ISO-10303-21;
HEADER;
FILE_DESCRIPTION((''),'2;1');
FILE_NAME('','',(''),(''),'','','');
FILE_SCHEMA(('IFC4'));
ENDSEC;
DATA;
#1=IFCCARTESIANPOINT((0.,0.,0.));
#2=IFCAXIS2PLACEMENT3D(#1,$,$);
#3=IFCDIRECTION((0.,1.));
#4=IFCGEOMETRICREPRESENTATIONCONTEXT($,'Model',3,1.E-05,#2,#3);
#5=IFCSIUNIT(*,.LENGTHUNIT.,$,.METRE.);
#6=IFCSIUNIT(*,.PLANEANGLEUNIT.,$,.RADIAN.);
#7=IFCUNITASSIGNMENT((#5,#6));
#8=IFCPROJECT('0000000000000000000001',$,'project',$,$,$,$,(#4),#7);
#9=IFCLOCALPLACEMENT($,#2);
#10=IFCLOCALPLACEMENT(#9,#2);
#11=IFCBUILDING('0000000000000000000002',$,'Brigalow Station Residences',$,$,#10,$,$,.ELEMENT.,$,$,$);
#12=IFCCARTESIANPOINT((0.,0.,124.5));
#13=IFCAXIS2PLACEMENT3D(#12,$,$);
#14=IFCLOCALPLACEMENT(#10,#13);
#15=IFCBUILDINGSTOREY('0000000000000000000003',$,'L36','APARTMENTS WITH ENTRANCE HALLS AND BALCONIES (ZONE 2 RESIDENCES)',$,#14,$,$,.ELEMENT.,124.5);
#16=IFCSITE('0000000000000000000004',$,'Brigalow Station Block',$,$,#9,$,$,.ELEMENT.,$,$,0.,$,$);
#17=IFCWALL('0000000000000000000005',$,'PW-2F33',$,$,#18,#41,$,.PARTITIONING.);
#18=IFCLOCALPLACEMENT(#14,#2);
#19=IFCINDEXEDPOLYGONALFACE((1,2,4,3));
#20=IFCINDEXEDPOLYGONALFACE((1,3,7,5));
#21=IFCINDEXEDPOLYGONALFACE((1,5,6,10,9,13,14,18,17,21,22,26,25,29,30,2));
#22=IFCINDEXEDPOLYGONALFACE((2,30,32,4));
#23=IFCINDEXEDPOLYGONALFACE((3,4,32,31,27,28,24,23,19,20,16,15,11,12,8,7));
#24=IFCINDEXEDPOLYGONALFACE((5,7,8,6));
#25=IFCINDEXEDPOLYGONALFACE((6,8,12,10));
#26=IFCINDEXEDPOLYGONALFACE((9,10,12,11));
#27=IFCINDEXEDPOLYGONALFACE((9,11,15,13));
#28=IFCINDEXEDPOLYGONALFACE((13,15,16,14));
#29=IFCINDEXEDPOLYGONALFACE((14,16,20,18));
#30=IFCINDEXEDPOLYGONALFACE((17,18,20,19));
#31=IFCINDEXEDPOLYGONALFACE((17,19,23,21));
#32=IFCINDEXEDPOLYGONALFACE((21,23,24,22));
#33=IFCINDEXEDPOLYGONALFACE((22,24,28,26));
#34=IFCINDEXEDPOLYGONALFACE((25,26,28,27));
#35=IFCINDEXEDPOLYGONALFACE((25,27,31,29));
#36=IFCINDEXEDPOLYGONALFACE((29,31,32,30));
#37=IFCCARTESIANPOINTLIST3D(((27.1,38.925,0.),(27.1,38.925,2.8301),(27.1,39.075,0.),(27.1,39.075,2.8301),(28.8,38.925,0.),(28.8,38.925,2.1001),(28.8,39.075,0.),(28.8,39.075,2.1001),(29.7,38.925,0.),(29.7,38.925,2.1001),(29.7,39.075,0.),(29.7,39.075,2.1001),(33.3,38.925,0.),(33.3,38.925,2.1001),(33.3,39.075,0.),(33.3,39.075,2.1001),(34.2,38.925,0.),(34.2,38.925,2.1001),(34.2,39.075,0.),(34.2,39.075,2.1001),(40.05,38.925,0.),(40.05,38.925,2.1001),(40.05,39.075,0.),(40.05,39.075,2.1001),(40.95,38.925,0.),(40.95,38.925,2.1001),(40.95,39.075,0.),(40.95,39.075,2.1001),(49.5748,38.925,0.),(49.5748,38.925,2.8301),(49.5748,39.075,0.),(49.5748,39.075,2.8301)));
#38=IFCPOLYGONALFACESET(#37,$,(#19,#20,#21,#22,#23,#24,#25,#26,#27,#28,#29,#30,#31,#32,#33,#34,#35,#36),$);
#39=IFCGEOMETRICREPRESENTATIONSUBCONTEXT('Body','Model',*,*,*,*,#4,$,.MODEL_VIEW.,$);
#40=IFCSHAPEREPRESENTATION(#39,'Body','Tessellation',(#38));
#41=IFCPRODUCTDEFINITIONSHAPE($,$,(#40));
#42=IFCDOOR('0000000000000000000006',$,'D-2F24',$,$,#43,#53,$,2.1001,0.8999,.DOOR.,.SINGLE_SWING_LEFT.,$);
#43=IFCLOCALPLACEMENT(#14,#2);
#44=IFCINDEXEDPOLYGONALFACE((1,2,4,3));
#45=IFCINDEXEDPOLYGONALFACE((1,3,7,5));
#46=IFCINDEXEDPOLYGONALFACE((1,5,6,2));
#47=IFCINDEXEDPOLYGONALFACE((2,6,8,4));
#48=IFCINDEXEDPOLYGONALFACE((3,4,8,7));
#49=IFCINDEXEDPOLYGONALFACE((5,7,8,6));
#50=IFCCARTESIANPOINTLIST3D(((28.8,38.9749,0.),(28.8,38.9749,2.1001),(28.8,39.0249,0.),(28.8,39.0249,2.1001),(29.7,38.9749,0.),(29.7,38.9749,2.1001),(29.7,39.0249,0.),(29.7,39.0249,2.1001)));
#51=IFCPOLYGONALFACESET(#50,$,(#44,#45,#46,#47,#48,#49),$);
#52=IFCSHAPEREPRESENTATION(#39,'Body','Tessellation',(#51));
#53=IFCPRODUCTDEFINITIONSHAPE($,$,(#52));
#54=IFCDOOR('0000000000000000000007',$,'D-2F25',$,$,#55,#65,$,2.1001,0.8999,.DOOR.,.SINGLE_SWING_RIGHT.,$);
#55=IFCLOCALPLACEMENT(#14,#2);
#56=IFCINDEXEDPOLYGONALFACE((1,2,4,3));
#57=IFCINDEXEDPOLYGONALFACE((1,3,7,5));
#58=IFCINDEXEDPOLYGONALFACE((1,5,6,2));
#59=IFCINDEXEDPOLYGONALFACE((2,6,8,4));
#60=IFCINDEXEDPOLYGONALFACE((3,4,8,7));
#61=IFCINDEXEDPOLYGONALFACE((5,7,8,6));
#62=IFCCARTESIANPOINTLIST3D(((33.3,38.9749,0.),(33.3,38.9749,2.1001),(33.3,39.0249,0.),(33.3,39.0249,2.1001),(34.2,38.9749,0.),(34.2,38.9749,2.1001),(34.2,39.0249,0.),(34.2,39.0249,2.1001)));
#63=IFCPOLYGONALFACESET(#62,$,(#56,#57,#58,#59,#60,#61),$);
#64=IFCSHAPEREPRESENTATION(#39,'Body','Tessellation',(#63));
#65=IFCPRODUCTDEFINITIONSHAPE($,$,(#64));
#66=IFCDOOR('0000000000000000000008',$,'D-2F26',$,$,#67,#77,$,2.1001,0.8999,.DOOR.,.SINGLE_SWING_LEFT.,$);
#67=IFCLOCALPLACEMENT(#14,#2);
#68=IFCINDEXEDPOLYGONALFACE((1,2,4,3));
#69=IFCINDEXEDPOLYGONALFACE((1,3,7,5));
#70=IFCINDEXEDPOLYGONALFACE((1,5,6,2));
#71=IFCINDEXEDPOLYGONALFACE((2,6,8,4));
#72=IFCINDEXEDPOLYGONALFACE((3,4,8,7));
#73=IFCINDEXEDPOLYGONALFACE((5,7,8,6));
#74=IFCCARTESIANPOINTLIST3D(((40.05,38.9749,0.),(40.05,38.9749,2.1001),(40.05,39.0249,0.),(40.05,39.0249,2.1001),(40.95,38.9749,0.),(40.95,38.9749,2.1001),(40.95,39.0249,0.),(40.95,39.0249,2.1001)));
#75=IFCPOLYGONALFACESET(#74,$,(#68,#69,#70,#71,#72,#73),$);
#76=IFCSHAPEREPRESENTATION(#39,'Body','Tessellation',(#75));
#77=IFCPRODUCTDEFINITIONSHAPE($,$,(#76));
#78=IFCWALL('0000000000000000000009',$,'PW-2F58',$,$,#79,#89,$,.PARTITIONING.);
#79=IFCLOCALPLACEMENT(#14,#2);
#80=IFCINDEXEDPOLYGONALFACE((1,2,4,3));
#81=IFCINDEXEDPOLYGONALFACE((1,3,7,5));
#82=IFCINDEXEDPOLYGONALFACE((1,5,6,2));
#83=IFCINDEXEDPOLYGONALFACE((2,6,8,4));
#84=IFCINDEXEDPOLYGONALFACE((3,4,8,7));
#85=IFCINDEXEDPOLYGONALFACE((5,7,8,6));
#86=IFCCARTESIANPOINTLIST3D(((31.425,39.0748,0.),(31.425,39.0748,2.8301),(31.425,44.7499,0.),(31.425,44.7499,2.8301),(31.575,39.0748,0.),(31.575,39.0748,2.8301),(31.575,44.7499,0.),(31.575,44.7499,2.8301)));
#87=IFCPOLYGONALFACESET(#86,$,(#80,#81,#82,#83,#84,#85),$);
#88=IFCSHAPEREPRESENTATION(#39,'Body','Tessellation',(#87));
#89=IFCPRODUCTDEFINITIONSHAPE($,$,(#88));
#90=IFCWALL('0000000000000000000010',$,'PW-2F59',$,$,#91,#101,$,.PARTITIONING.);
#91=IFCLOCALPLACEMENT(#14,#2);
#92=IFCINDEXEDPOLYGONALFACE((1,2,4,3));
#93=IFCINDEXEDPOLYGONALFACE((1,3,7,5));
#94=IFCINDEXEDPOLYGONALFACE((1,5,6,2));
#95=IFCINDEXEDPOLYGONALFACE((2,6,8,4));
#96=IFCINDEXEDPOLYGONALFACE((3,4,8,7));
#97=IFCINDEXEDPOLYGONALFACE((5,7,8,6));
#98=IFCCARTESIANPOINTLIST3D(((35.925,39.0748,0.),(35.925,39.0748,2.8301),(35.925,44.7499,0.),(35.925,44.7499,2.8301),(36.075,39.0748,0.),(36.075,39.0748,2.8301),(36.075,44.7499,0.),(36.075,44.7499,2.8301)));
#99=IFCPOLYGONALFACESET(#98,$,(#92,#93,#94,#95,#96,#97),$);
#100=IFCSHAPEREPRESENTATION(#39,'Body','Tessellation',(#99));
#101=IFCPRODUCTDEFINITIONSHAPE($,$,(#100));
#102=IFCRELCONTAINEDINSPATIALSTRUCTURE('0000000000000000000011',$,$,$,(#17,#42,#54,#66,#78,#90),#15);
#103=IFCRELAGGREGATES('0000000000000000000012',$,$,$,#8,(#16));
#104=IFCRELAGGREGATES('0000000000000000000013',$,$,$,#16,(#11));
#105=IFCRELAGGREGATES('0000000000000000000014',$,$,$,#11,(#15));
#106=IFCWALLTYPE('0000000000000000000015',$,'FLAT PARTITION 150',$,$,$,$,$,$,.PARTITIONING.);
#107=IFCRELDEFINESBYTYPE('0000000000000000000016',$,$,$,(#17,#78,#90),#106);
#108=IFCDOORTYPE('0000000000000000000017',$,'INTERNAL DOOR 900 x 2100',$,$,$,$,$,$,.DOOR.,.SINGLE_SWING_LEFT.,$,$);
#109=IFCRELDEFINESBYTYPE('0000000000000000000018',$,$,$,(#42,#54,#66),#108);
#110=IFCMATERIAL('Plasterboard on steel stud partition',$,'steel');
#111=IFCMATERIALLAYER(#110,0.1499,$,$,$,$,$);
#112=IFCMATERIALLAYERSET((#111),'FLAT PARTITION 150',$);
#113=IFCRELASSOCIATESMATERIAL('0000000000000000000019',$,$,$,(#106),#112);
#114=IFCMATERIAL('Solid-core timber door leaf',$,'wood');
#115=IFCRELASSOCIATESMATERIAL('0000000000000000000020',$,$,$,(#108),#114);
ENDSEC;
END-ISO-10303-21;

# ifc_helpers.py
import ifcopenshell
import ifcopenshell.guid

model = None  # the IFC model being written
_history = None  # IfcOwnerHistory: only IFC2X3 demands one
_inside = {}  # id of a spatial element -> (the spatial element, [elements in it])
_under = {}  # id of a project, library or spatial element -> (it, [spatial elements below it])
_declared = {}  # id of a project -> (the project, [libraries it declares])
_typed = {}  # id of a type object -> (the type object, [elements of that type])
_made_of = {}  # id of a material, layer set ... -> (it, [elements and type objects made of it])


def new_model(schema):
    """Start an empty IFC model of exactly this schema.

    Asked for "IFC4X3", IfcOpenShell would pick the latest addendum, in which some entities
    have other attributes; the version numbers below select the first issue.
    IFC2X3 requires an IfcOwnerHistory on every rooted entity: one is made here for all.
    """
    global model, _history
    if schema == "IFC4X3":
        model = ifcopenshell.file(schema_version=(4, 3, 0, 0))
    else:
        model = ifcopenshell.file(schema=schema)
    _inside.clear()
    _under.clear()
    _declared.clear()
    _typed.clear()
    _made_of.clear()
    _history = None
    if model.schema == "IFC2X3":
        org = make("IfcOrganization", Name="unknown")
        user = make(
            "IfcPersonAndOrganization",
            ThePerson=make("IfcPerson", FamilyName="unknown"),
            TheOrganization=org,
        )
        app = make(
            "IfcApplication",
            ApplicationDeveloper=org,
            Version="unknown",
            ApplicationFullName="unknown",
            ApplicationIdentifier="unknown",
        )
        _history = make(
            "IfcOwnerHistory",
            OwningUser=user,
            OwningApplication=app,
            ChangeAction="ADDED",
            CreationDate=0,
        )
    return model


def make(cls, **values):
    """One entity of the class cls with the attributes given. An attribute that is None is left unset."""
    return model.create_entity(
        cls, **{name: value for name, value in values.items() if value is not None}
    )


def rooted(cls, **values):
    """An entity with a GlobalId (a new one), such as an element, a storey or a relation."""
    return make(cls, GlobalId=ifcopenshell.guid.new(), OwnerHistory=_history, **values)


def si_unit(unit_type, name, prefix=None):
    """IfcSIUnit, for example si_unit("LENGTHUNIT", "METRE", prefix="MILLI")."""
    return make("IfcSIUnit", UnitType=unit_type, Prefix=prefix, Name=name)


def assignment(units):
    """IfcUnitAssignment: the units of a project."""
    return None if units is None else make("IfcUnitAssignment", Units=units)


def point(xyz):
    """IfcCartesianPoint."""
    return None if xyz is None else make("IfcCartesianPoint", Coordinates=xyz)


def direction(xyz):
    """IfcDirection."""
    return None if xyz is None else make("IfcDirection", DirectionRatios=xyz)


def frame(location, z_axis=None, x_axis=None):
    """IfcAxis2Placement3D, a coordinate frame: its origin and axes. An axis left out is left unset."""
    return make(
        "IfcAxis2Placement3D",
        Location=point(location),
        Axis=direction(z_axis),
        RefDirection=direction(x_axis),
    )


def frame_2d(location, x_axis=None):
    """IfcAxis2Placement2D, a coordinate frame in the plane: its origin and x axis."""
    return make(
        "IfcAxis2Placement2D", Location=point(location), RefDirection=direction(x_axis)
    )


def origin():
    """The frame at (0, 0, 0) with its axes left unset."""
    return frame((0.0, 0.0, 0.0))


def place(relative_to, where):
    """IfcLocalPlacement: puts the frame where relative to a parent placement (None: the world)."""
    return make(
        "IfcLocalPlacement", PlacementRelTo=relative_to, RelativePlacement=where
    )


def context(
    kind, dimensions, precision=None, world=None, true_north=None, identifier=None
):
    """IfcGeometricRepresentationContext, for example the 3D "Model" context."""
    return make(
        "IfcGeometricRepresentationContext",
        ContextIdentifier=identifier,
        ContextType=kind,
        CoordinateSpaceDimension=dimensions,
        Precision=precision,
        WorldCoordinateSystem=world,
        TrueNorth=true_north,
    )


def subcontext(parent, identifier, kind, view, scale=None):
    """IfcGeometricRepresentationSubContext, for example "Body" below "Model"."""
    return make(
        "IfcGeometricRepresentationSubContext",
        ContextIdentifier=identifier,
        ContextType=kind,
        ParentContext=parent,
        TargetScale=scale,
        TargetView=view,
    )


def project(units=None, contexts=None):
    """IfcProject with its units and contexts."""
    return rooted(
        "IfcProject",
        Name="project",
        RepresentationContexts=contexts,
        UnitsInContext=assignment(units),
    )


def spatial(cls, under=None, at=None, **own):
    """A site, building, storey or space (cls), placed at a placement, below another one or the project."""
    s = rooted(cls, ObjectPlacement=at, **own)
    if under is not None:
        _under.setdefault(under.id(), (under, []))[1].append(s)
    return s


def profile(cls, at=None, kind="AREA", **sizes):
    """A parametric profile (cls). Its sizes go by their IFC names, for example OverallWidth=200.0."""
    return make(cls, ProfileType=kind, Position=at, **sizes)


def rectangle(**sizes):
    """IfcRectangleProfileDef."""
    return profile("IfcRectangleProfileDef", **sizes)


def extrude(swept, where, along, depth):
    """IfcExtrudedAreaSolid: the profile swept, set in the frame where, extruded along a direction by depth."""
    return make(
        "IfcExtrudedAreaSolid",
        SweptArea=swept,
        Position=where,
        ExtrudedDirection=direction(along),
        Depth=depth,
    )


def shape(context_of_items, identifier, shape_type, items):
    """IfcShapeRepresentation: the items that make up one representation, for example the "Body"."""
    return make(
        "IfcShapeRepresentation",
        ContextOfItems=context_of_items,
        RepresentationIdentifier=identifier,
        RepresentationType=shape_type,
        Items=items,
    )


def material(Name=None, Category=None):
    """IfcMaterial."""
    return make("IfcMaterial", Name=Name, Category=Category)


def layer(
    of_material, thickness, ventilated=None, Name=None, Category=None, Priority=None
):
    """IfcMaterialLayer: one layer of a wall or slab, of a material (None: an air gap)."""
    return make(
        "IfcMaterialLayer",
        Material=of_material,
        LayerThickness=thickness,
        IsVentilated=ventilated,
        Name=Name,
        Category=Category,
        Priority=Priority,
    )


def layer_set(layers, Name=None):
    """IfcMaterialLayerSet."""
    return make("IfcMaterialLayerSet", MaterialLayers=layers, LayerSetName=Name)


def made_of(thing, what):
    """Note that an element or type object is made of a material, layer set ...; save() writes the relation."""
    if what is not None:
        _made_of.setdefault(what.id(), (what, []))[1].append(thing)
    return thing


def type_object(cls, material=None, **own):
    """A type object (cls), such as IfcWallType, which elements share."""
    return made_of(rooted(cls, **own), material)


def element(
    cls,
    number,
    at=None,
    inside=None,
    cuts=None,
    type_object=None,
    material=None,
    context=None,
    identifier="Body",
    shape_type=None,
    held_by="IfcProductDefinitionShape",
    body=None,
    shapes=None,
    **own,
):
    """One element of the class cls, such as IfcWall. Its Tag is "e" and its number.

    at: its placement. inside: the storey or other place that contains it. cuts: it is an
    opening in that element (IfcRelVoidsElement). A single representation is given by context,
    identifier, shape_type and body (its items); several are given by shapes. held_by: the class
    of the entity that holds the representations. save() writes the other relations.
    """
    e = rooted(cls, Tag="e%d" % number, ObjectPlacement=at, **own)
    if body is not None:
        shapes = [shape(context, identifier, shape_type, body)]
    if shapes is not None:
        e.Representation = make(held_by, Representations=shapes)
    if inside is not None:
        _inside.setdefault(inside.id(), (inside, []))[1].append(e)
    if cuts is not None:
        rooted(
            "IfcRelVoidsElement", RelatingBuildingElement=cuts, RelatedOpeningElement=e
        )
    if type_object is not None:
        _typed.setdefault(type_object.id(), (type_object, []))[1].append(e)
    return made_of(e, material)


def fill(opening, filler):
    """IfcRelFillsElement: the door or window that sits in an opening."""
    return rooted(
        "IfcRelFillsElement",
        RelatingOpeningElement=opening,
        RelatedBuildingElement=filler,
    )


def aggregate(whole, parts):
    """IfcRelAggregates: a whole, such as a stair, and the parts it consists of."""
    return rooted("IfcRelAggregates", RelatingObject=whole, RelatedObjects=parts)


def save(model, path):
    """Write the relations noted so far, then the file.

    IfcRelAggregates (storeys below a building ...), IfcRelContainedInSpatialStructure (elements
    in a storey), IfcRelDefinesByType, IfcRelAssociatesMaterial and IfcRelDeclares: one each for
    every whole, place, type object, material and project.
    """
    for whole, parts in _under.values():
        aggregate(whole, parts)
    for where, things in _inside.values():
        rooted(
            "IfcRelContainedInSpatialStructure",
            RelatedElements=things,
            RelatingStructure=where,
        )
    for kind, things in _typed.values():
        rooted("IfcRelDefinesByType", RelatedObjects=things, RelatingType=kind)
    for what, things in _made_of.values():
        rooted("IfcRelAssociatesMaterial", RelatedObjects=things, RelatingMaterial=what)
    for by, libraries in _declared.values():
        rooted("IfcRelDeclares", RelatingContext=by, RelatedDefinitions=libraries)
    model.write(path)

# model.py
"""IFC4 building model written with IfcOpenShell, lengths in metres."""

from ifc_helpers import new_model, si_unit, direction, frame, frame_2d, origin, place, context, subcontext, project, spatial, rectangle, extrude, material, layer, layer_set, type_object, element, fill, save


model = new_model("IFC4")

# Units and contexts
model_context = context("Model", 3, precision=1e-05, world=origin(), true_north=direction((0.0, 1.0)))
body_context = subcontext(model_context, "Body", "Model", "MODEL_VIEW")
ifc_project = project(units=[si_unit("LENGTHUNIT", "METRE"), si_unit("PLANEANGLEUNIT", "RADIAN")], contexts=[model_context])

# Site, building, storey
site_placement = place(None, origin())
site = spatial("IfcSite", under=ifc_project, at=site_placement, Name="Brigalow Station Block", CompositionType="ELEMENT", RefElevation=0.0)
building_placement = place(site_placement, origin())
building = spatial("IfcBuilding", under=site, at=building_placement, Name="Brigalow Station Residences", CompositionType="ELEMENT")
storey_placement = place(building_placement, frame((0.0, 0.0, 124.5)))
storey = spatial("IfcBuildingStorey", under=building, at=storey_placement, Name="L36", Description="APARTMENTS WITH ENTRANCE HALLS AND BALCONIES (ZONE 2 RESIDENCES)", CompositionType="ELEMENT", Elevation=124.5)

# Wall, openings, doors
ifc_material_1 = material(Name="Plasterboard on steel stud partition", Category="steel")
ifc_layer_1 = layer(ifc_material_1, 0.1499)
ifc_layer_set_1 = layer_set([ifc_layer_1], Name="FLAT PARTITION 150")
wall_type_1 = type_object("IfcWallType", Name="FLAT PARTITION 150", PredefinedType="PARTITIONING", material=ifc_layer_set_1)
wall_1_placement = place(storey_placement, frame((27.1001, 39.0, 0.0), z_axis=(0.0, 0.0, 1.0), x_axis=(1.0, 0.0, 0.0)))
wall_1 = element("IfcWall", 1, at=wall_1_placement, inside=storey, type_object=wall_type_1, Name="PW-2F33", PredefinedType="PARTITIONING", context=body_context, shape_type="SweptSolid", body=[
    extrude(rectangle(XDim=22.4749, YDim=0.1499, at=frame_2d((11.2373, 0.0))), origin(), (0.0, 0.0, 1.0), 2.8301),
])
opening_1_placement = place(wall_1_placement, frame((1.7, 0.0, 0.0)))
opening_1 = element("IfcOpeningElement", 2, at=opening_1_placement, cuts=wall_1, PredefinedType="OPENING", context=body_context, shape_type="SweptSolid", body=[
    extrude(rectangle(XDim=0.8999, YDim=2.1001, at=frame_2d((0.45, 1.05))), frame((0.0, 0.085, 0.0), z_axis=(0.0, -1.0, 0.0), x_axis=(1.0, 0.0, 0.0)), (0.0, 0.0, 1.0), 0.1699),
])
opening_2_placement = place(wall_1_placement, frame((6.2, 0.0, 0.0)))
opening_2 = element("IfcOpeningElement", 3, at=opening_2_placement, cuts=wall_1, PredefinedType="OPENING", context=body_context, shape_type="SweptSolid", body=[
    extrude(rectangle(XDim=0.8999, YDim=2.1001, at=frame_2d((0.45, 1.05))), frame((0.0, 0.085, 0.0), z_axis=(0.0, -1.0, 0.0), x_axis=(1.0, 0.0, 0.0)), (0.0, 0.0, 1.0), 0.1699),
])
opening_3_placement = place(wall_1_placement, frame((12.95, 0.0, 0.0)))
opening_3 = element("IfcOpeningElement", 4, at=opening_3_placement, cuts=wall_1, PredefinedType="OPENING", context=body_context, shape_type="SweptSolid", body=[
    extrude(rectangle(XDim=0.8999, YDim=2.1001, at=frame_2d((0.45, 1.05))), frame((0.0, 0.085, 0.0), z_axis=(0.0, -1.0, 0.0), x_axis=(1.0, 0.0, 0.0)), (0.0, 0.0, 1.0), 0.1699),
])
ifc_material_2 = material(Name="Solid-core timber door leaf", Category="wood")
door_type_1 = type_object("IfcDoorType", Name="INTERNAL DOOR 900 x 2100", OperationType="SINGLE_SWING_LEFT", PredefinedType="DOOR", material=ifc_material_2)
door_1_placement = place(opening_1_placement, origin())
door_1 = element("IfcDoor", 5, at=door_1_placement, inside=storey, type_object=door_type_1, Name="D-2F24", OperationType="SINGLE_SWING_LEFT", OverallHeight=2.1001, OverallWidth=0.8999, PredefinedType="DOOR", context=body_context, shape_type="SweptSolid", body=[
    extrude(rectangle(XDim=0.8999, YDim=2.1001, at=frame_2d((0.45, 1.05))), frame((0.0, 0.0249, 0.0), z_axis=(0.0, -1.0, 0.0), x_axis=(1.0, 0.0, 0.0)), (0.0, 0.0, 1.0), 0.05),
])
fill(opening_1, door_1)
door_2_placement = place(opening_2_placement, origin())
door_2 = element("IfcDoor", 6, at=door_2_placement, inside=storey, type_object=door_type_1, Name="D-2F25", OperationType="SINGLE_SWING_RIGHT", OverallHeight=2.1001, OverallWidth=0.8999, PredefinedType="DOOR", context=body_context, shape_type="SweptSolid", body=[
    extrude(rectangle(XDim=0.8999, YDim=2.1001, at=frame_2d((0.45, 1.05))), frame((0.0, 0.0249, 0.0), z_axis=(0.0, -1.0, 0.0), x_axis=(1.0, 0.0, 0.0)), (0.0, 0.0, 1.0), 0.05),
])
fill(opening_2, door_2)
door_3_placement = place(opening_3_placement, origin())
door_3 = element("IfcDoor", 7, at=door_3_placement, inside=storey, type_object=door_type_1, Name="D-2F26", OperationType="SINGLE_SWING_LEFT", OverallHeight=2.1001, OverallWidth=0.8999, PredefinedType="DOOR", context=body_context, shape_type="SweptSolid", body=[
    extrude(rectangle(XDim=0.8999, YDim=2.1001, at=frame_2d((0.45, 1.05))), frame((0.0, 0.0249, 0.0), z_axis=(0.0, -1.0, 0.0), x_axis=(1.0, 0.0, 0.0)), (0.0, 0.0, 1.0), 0.05),
])
fill(opening_3, door_3)

# Walls
for number, where, z_axis, x_axis, name in (
    (8, (31.5, 39.075, 0.0), (0.0, 0.0, 1.0), (0.0, 1.0, 0.0), "PW-2F58"),
    (9, (36.0, 39.075, 0.0), (0.0, 0.0, 1.0), (0.0, 1.0, 0.0), "PW-2F59"),
):
    element("IfcWall", number, at=place(storey_placement, frame(where, z_axis=z_axis, x_axis=x_axis)), inside=storey, type_object=wall_type_1, Name=name, PredefinedType="PARTITIONING", context=body_context, shape_type="SweptSolid", body=[
        extrude(rectangle(XDim=5.675, YDim=0.1499, at=frame_2d((2.8374, 0.0))), origin(), (0.0, 0.0, 1.0), 2.8301),
    ])

save(model, "model.ifc")
